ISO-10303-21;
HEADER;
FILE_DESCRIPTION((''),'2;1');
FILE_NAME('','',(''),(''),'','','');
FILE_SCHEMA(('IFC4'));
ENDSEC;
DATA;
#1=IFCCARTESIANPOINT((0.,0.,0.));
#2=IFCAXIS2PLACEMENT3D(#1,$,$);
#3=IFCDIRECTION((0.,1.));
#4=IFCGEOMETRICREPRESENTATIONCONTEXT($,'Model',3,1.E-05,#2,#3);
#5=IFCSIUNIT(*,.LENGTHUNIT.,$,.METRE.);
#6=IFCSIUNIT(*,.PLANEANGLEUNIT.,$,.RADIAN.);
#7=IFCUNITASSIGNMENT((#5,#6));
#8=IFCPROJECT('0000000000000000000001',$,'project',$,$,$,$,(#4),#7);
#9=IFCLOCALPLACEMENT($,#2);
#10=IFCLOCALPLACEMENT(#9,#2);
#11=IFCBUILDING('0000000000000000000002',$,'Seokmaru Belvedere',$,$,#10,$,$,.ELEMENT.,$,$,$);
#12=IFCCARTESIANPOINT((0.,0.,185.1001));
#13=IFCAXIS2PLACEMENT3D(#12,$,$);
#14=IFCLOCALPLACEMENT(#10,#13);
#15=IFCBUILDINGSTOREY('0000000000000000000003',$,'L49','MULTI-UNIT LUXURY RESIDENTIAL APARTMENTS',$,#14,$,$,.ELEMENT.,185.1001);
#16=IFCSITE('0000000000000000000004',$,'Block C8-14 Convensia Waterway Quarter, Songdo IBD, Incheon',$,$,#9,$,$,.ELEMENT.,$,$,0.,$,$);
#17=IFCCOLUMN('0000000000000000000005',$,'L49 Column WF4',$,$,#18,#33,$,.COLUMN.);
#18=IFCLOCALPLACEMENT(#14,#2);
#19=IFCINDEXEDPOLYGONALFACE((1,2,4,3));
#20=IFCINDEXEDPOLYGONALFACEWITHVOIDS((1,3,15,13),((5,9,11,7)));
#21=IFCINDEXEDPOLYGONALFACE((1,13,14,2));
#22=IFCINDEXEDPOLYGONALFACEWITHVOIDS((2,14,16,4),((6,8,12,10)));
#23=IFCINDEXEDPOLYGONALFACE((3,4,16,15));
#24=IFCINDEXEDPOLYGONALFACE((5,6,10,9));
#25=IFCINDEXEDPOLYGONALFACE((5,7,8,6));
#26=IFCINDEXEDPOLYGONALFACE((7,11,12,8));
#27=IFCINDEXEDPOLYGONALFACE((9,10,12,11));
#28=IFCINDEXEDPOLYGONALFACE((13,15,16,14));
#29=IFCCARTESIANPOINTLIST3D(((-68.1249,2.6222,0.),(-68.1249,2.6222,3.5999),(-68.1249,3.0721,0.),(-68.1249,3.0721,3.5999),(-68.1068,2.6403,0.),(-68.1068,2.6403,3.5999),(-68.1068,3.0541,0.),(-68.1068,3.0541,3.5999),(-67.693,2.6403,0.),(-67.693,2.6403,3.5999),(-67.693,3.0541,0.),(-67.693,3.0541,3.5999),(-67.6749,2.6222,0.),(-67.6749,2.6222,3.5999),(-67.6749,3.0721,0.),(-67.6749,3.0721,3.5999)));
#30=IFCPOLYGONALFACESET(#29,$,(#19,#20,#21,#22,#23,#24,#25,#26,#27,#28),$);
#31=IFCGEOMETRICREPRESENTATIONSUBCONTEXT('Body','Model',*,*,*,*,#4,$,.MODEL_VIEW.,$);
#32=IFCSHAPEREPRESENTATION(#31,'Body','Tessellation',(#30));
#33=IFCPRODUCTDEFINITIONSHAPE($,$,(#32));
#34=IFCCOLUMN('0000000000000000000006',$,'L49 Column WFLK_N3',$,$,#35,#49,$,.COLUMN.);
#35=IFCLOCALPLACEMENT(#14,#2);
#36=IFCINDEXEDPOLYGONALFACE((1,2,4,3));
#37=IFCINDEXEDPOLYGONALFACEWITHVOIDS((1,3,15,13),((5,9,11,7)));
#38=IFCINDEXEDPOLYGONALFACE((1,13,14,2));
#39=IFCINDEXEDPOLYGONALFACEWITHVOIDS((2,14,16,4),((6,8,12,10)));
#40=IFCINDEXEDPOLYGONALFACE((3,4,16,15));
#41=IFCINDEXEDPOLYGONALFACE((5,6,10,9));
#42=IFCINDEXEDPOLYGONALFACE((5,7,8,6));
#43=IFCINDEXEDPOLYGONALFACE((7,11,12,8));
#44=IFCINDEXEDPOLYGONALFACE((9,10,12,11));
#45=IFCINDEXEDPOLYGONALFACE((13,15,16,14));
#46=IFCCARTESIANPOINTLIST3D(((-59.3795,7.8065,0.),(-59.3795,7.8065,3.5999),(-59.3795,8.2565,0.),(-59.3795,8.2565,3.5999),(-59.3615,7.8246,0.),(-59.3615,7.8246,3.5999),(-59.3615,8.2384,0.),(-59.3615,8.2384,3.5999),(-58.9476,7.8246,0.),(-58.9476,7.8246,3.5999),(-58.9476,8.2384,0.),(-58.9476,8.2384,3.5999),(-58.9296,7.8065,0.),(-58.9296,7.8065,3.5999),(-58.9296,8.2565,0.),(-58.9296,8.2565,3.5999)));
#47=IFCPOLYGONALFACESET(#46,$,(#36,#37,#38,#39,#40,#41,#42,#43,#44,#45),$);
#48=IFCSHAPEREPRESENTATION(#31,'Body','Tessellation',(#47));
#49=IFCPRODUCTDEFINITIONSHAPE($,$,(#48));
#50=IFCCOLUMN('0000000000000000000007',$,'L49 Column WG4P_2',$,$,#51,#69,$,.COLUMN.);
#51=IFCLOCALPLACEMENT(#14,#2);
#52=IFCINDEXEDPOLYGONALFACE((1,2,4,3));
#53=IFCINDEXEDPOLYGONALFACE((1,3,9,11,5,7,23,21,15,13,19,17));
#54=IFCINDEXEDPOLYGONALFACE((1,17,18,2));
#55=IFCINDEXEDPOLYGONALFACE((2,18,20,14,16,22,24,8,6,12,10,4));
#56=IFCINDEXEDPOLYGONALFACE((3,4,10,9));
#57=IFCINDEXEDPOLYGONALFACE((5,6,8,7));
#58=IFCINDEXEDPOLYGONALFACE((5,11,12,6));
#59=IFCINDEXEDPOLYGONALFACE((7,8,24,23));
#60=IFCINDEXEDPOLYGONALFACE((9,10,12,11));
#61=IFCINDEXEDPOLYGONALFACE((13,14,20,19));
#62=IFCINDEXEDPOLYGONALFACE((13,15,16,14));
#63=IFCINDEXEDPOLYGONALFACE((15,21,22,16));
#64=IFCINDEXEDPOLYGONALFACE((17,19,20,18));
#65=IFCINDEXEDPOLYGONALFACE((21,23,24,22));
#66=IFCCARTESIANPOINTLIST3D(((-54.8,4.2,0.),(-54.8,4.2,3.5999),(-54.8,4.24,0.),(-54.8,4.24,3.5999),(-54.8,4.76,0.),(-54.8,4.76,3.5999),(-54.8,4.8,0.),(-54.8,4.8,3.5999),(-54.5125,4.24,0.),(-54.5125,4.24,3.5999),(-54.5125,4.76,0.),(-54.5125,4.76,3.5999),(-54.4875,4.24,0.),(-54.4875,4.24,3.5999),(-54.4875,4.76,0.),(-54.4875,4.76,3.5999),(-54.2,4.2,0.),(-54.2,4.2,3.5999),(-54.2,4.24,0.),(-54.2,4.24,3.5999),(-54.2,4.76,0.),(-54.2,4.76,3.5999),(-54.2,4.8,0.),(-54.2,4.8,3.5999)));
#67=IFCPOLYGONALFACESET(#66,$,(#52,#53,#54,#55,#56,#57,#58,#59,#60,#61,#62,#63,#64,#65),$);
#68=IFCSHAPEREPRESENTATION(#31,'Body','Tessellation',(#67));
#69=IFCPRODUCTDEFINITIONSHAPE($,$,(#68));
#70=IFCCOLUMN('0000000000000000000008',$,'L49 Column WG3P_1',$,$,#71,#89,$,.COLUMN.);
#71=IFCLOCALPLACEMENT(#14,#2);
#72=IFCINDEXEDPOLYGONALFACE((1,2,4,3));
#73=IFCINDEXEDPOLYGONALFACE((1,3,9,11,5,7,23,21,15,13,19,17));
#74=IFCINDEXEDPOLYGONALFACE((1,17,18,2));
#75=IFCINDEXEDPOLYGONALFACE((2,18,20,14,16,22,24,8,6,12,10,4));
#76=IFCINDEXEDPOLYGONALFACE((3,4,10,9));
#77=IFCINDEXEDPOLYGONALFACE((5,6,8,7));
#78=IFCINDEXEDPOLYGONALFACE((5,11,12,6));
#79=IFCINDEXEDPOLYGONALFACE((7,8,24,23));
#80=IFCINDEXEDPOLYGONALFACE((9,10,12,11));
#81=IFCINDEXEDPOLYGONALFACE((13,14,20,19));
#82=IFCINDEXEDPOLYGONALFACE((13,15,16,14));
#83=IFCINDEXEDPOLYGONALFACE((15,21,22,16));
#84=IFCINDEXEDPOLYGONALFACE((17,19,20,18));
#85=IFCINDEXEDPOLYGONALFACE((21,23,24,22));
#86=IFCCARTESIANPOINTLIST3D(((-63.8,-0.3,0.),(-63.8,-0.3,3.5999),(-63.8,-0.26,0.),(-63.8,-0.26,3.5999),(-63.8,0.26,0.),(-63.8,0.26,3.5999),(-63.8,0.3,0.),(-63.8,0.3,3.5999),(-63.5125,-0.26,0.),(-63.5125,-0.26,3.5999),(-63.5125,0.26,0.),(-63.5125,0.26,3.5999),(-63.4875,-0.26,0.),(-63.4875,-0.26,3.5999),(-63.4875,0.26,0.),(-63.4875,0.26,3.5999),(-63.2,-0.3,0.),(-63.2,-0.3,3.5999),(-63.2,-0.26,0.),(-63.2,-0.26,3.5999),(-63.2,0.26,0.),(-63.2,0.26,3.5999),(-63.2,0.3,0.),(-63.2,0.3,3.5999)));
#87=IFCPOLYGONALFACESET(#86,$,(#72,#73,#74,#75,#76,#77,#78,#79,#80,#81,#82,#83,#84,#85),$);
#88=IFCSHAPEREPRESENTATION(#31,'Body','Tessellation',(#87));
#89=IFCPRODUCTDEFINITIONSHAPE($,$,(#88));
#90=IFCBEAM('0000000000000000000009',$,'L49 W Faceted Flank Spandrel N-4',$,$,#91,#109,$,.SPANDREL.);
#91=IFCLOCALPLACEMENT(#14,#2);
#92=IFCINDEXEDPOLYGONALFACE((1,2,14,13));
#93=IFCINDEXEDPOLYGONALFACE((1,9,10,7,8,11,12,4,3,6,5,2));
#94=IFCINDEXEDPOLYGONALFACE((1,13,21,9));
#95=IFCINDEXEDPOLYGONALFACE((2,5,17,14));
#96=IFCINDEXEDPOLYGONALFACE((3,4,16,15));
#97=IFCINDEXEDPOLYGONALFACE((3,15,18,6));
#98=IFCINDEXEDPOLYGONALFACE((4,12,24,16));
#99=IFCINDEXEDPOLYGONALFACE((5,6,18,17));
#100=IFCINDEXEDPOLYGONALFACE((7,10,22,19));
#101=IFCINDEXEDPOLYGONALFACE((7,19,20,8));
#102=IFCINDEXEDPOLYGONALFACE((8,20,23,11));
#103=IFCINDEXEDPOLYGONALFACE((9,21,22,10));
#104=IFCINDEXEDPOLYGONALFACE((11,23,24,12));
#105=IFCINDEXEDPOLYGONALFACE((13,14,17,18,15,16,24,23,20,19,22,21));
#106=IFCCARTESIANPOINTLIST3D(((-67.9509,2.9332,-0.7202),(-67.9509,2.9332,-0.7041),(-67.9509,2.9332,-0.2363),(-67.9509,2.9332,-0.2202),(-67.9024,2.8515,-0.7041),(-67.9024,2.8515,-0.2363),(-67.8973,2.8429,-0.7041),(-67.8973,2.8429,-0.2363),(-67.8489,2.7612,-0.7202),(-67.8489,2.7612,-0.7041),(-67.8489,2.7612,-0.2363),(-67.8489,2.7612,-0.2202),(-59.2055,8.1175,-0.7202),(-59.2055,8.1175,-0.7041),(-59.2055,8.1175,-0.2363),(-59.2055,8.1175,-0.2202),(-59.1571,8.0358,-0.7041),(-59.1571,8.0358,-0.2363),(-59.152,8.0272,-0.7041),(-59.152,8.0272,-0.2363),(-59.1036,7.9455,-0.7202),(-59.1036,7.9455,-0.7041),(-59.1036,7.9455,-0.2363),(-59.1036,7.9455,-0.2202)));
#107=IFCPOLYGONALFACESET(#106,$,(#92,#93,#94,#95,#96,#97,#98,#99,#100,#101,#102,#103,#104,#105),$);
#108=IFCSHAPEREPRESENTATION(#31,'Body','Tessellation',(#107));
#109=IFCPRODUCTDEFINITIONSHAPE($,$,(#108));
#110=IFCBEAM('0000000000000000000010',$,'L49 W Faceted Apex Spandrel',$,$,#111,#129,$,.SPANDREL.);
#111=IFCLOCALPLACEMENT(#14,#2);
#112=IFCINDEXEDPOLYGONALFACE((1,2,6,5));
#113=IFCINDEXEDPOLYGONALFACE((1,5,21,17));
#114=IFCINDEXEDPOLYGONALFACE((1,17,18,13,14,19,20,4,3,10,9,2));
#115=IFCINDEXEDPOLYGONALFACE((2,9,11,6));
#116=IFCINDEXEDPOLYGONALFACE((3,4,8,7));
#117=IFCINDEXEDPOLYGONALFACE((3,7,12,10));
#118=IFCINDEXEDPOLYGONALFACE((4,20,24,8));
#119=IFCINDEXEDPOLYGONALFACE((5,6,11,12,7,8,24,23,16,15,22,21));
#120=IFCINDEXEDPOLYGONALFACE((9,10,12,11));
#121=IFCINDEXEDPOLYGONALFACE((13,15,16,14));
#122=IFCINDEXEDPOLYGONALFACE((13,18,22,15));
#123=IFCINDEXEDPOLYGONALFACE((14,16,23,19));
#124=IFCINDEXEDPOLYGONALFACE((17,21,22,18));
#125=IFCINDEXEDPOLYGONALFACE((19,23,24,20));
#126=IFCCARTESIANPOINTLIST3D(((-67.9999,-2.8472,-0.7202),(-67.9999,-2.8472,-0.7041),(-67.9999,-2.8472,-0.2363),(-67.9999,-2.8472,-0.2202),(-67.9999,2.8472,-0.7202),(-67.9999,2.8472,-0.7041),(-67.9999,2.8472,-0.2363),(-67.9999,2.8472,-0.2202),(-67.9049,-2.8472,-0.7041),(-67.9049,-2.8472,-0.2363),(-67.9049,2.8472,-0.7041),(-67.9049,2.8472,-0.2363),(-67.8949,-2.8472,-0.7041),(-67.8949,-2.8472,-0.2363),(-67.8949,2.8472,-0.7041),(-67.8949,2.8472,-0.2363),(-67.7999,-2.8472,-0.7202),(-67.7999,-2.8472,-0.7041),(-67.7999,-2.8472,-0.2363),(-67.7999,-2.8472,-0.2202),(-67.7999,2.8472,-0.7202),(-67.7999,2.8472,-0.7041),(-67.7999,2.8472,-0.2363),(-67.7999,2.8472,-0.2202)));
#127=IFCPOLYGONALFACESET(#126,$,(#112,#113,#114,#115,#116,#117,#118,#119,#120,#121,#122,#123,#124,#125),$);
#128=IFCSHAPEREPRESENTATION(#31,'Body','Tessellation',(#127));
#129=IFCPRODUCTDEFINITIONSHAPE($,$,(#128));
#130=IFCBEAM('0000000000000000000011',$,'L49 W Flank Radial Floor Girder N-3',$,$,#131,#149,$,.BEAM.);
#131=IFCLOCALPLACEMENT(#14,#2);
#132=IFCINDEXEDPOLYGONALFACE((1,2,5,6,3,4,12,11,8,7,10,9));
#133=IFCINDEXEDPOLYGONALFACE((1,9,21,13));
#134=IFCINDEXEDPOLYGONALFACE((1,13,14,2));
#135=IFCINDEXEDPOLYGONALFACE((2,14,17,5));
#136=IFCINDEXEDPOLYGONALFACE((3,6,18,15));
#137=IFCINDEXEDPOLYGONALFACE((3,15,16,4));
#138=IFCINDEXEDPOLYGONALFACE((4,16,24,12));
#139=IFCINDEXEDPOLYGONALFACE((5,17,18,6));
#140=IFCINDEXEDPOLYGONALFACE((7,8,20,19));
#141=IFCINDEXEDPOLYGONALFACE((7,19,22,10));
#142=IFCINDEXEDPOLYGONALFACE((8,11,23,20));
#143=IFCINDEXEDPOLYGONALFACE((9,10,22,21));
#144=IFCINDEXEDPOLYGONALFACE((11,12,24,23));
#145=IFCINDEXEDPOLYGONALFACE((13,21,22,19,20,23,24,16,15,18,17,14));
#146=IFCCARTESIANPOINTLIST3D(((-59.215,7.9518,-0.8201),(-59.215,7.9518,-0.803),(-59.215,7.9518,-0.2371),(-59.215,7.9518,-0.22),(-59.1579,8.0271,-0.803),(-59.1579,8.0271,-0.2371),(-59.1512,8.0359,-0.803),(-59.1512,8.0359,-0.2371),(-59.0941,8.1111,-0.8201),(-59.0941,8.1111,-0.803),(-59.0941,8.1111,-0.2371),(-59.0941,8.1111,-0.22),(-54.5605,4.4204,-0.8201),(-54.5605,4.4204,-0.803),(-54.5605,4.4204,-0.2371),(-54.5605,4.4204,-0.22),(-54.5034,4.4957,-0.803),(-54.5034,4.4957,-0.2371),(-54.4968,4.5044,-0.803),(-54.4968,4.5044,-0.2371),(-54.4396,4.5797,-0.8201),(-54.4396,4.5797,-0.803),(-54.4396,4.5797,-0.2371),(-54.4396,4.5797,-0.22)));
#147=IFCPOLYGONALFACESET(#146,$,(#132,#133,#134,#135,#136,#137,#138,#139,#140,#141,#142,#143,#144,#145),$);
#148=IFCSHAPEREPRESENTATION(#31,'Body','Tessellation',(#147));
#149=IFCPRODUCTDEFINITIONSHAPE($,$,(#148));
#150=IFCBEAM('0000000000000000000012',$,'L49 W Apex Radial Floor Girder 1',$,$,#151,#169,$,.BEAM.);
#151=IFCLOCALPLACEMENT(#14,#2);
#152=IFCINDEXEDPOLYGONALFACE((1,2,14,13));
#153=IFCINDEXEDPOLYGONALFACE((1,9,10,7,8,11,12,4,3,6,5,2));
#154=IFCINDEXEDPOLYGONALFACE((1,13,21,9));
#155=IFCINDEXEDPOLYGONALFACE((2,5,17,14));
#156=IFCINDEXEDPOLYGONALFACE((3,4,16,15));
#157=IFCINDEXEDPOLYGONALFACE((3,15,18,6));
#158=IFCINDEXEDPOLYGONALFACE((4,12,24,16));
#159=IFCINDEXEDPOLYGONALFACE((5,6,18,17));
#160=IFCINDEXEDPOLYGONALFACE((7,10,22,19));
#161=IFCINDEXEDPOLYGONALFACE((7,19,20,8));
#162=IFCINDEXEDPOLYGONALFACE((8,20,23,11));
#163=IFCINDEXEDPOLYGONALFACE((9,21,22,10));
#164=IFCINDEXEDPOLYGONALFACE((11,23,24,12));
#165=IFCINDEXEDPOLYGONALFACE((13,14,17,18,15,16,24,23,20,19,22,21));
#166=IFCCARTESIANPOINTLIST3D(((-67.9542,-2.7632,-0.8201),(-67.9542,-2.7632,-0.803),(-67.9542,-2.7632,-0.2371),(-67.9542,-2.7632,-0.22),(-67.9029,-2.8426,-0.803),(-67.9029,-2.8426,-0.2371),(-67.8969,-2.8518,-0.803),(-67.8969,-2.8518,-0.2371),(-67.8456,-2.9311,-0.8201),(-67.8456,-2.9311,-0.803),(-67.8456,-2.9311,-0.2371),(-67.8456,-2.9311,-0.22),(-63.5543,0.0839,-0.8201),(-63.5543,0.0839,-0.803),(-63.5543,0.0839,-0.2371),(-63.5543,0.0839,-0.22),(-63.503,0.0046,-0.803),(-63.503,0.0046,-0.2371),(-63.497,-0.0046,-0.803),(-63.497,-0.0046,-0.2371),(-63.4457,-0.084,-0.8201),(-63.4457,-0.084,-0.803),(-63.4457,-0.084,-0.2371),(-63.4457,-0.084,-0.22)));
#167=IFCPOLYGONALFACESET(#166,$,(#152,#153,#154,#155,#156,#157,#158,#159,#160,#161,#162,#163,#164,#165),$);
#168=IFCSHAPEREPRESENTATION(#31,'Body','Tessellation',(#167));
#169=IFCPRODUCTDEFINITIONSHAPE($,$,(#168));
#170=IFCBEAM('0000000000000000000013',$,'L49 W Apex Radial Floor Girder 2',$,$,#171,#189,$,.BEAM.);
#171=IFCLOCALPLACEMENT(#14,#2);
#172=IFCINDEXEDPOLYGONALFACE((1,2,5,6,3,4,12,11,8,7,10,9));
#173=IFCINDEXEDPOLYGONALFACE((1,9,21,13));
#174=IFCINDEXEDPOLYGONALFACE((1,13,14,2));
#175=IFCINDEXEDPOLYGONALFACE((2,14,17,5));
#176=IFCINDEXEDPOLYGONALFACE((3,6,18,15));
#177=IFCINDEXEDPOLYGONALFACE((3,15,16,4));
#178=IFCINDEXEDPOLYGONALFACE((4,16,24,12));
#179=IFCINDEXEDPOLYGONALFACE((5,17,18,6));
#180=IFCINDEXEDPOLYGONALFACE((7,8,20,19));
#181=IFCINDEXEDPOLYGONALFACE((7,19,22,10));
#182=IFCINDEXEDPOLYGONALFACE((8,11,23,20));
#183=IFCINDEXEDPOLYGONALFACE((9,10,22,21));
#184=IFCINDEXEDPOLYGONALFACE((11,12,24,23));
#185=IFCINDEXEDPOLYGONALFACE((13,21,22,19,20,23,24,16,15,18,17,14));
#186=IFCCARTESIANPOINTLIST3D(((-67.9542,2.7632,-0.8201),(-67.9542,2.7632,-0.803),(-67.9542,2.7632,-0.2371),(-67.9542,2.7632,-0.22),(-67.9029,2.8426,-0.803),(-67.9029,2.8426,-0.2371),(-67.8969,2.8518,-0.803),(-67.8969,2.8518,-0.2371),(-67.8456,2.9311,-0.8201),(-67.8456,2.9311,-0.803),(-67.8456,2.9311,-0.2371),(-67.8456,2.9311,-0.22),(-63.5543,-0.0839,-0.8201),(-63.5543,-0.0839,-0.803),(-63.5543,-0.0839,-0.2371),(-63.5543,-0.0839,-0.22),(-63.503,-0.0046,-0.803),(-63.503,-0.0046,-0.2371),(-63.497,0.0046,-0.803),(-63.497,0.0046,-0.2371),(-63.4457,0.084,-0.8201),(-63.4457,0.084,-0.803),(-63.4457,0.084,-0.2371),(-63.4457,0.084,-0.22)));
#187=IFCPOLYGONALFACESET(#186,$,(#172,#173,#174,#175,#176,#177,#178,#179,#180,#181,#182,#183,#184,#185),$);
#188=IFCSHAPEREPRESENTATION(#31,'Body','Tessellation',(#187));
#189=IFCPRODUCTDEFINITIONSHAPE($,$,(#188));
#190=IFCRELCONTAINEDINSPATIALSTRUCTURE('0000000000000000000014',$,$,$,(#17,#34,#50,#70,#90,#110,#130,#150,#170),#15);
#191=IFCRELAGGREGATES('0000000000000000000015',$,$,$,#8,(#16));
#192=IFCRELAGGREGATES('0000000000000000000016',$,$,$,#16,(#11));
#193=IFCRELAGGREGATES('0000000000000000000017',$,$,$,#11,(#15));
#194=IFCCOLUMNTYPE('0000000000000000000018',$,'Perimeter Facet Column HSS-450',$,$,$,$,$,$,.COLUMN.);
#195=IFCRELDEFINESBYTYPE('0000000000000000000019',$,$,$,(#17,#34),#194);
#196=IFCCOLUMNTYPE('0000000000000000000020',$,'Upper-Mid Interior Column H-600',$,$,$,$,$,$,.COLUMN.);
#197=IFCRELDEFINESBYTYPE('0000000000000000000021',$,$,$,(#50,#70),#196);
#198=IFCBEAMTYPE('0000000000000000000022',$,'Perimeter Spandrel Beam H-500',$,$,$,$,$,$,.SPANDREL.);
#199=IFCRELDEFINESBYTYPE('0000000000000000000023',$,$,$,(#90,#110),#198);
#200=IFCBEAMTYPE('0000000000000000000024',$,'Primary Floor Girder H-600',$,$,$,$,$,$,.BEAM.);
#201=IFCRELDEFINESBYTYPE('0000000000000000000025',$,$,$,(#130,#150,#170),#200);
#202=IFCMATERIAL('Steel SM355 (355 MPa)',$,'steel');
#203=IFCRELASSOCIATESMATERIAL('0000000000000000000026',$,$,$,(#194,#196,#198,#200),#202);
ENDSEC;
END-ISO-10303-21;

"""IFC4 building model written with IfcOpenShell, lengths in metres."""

from ifc_helpers import new_model, si_unit, direction, frame, origin, origin_2d, place, context, subcontext, project, spatial, hollow_rectangle, i_section, extrude, source, transform, mapped, material, material_profile, profile_set, type_object, type_shapes, element, save


model = new_model("IFC4")

# Units and contexts
model_context = context("Model", 3, precision=1e-05, world=origin(), true_north=direction((0.0, 1.0)))
body_context = subcontext(model_context, "Body", "Model", "MODEL_VIEW")
ifc_project = project(units=[si_unit("LENGTHUNIT", "METRE"), si_unit("PLANEANGLEUNIT", "RADIAN")], contexts=[model_context])

# Site, building, storey
site_placement = place(None, origin())
site = spatial("IfcSite", under=ifc_project, at=site_placement, Name="Block C8-14 Convensia Waterway Quarter, Songdo IBD, Incheon", CompositionType="ELEMENT", RefElevation=0.0)
building_placement = place(site_placement, origin())
building = spatial("IfcBuilding", under=site, at=building_placement, Name="Seokmaru Belvedere", CompositionType="ELEMENT")
storey_placement = place(building_placement, frame((0.0, 0.0, 185.1001)))
storey = spatial("IfcBuildingStorey", under=building, at=storey_placement, Name="L49", Description="MULTI-UNIT LUXURY RESIDENTIAL APARTMENTS", CompositionType="ELEMENT", Elevation=185.1001)

# Columns
ifc_material_1 = material(Name="Steel SM355 (355 MPa)", Category="steel")
ifc_material_profile_1 = material_profile(ifc_material_1, hollow_rectangle(XDim=0.45, YDim=0.45, WallThickness=0.0181, at=origin_2d()), Name="HSS-450x450x18")
ifc_profile_set_1 = profile_set([ifc_material_profile_1], Name="Steel SM355 (355 MPa)")
column_type_1 = type_object("IfcColumnType", Name="Perimeter Facet Column HSS-450", PredefinedType="COLUMN", material=ifc_profile_set_1)
shared_shape_1 = source(origin(), body_context, "Body", "SweptSolid", [
    extrude(hollow_rectangle(XDim=0.45, YDim=0.45, WallThickness=0.0181, at=origin_2d()), origin(), (0.0, 0.0, 1.0), 3.5999),
])
type_shapes(column_type_1, [shared_shape_1])
for number, where, z_axis, x_axis, name in (
    (1, (-67.8999, 2.8472, 0.0), (0.0, 0.0, 1.0), (1.0, 0.0, 0.0), "L49 Column WF4"),
    (2, (-59.1545, 8.0315, 0.0), (0.0, 0.0, 1.0), (1.0, 0.0, 0.0), "L49 Column WFLK_N3"),
):
    element("IfcColumn", number, at=place(storey_placement, frame(where, z_axis=z_axis, x_axis=x_axis)), inside=storey, type_object=column_type_1, Name=name, PredefinedType="COLUMN", context=body_context, shape_type="MappedRepresentation", body=[
        mapped(shared_shape_1, transform((0.0, 0.0, 0.0), scale=1.0)),
    ])
ifc_material_profile_2 = material_profile(ifc_material_1, i_section(OverallWidth=0.6001, OverallDepth=0.6001, WebThickness=0.0249, FlangeThickness=0.04, at=origin_2d()), Name="H-600x600x25x40")
ifc_profile_set_2 = profile_set([ifc_material_profile_2], Name="Steel SM355 (355 MPa)")
column_type_2 = type_object("IfcColumnType", Name="Upper-Mid Interior Column H-600", PredefinedType="COLUMN", material=ifc_profile_set_2)
shared_shape_2 = source(origin(), body_context, "Body", "SweptSolid", [
    extrude(i_section(OverallWidth=0.6001, OverallDepth=0.6001, WebThickness=0.0249, FlangeThickness=0.04, at=origin_2d()), origin(), (0.0, 0.0, 1.0), 3.5999),
])
type_shapes(column_type_2, [shared_shape_2])
for number, where, z_axis, x_axis, name in (
    (3, (-54.5, 4.5, 0.0), (0.0, 0.0, 1.0), (1.0, 0.0, 0.0), "L49 Column WG4P_2"),
    (4, (-63.5, 0.0, 0.0), (0.0, 0.0, 1.0), (1.0, 0.0, 0.0), "L49 Column WG3P_1"),
):
    element("IfcColumn", number, at=place(storey_placement, frame(where, z_axis=z_axis, x_axis=x_axis)), inside=storey, type_object=column_type_2, Name=name, PredefinedType="COLUMN", context=body_context, shape_type="MappedRepresentation", body=[
        mapped(shared_shape_2, transform((0.0, 0.0, 0.0), scale=1.0)),
    ])

# Beams
ifc_material_profile_3 = material_profile(ifc_material_1, i_section(OverallWidth=0.2, OverallDepth=0.5, WebThickness=0.01, FlangeThickness=0.0161, at=origin_2d()), Name="H-500x200x10x16")
ifc_profile_set_3 = profile_set([ifc_material_profile_3], Name="Steel SM355 (355 MPa)")
beam_type_1 = type_object("IfcBeamType", Name="Perimeter Spandrel Beam H-500", PredefinedType="SPANDREL", material=ifc_profile_set_3)
shared_shape_3 = source(origin(), body_context, "Body", "SweptSolid", [
    extrude(i_section(OverallWidth=0.2, OverallDepth=0.5, WebThickness=0.01, FlangeThickness=0.0161, at=origin_2d()), origin(), (0.0, 0.0, 1.0), 10.1665),
])
beam_1_placement = place(storey_placement, frame((-59.1545, 8.0315, -0.4702), z_axis=(-0.86021, -0.50994, 0.0), x_axis=(0.50994, -0.86021, 0.0)))
element("IfcBeam", 5, at=beam_1_placement, inside=storey, type_object=beam_type_1, Name="L49 W Faceted Flank Spandrel N-4", PredefinedType="SPANDREL", context=body_context, shape_type="MappedRepresentation", body=[
    mapped(shared_shape_3, transform((0.0, 0.0, 0.0), scale=1.0)),
])
shared_shape_4 = source(origin(), body_context, "Body", "SweptSolid", [
    extrude(i_section(OverallWidth=0.2, OverallDepth=0.5, WebThickness=0.01, FlangeThickness=0.0161, at=origin_2d()), origin(), (0.0, 0.0, 1.0), 5.6943),
])
type_shapes(beam_type_1, [shared_shape_3, shared_shape_4])
beam_2_placement = place(storey_placement, frame((-67.8999, -2.8472, -0.4702), z_axis=(0.0, 1.0, 0.0), x_axis=(-1.0, 0.0, 0.0)))
element("IfcBeam", 6, at=beam_2_placement, inside=storey, type_object=beam_type_1, Name="L49 W Faceted Apex Spandrel", PredefinedType="SPANDREL", context=body_context, shape_type="MappedRepresentation", body=[
    mapped(shared_shape_4, transform((0.0, 0.0, 0.0), scale=1.0)),
])
ifc_material_profile_4 = material_profile(ifc_material_1, i_section(OverallWidth=0.2, OverallDepth=0.6001, WebThickness=0.011, FlangeThickness=0.0171, at=origin_2d()), Name="H-600x200x11x17")
ifc_profile_set_4 = profile_set([ifc_material_profile_4], Name="Steel SM355 (355 MPa)")
beam_type_2 = type_object("IfcBeamType", Name="Primary Floor Girder H-600", PredefinedType="BEAM", material=ifc_profile_set_4)
shared_shape_5 = source(origin(), body_context, "Body", "SweptSolid", [
    extrude(i_section(OverallWidth=0.2, OverallDepth=0.6001, WebThickness=0.011, FlangeThickness=0.0171, at=origin_2d()), origin(), (0.0, 0.0, 1.0), 5.8425),
])
beam_3_placement = place(storey_placement, frame((-59.1545, 8.0315, -0.52), z_axis=(0.796653, -0.604437, 0.0), x_axis=(0.604437, 0.796653, 0.0)))
element("IfcBeam", 7, at=beam_3_placement, inside=storey, type_object=beam_type_2, Name="L49 W Flank Radial Floor Girder N-3", PredefinedType="BEAM", context=body_context, shape_type="MappedRepresentation", body=[
    mapped(shared_shape_5, transform((0.0, 0.0, 0.0), scale=1.0)),
])
shared_shape_6 = source(origin(), body_context, "Body", "SweptSolid", [
    extrude(i_section(OverallWidth=0.2, OverallDepth=0.6001, WebThickness=0.011, FlangeThickness=0.0171, at=origin_2d()), origin(), (0.0, 0.0, 1.0), 5.2407),
])
type_shapes(beam_type_2, [shared_shape_5, shared_shape_6])
for number, where, z_axis, x_axis, name in (
    (8, (-67.8999, -2.8472, -0.52), (0.839555, 0.543274, 0.0), (-0.543274, 0.839555, 0.0), "L49 W Apex Radial Floor Girder 1"),
    (9, (-67.8999, 2.8472, -0.52), (0.839555, -0.543274, 0.0), (0.543274, 0.839555, 0.0), "L49 W Apex Radial Floor Girder 2"),
):
    element("IfcBeam", number, at=place(storey_placement, frame(where, z_axis=z_axis, x_axis=x_axis)), inside=storey, type_object=beam_type_2, Name=name, PredefinedType="BEAM", context=body_context, shape_type="MappedRepresentation", body=[
        mapped(shared_shape_6, transform((0.0, 0.0, 0.0), scale=1.0)),
    ])

save(model, "model.ifc")
